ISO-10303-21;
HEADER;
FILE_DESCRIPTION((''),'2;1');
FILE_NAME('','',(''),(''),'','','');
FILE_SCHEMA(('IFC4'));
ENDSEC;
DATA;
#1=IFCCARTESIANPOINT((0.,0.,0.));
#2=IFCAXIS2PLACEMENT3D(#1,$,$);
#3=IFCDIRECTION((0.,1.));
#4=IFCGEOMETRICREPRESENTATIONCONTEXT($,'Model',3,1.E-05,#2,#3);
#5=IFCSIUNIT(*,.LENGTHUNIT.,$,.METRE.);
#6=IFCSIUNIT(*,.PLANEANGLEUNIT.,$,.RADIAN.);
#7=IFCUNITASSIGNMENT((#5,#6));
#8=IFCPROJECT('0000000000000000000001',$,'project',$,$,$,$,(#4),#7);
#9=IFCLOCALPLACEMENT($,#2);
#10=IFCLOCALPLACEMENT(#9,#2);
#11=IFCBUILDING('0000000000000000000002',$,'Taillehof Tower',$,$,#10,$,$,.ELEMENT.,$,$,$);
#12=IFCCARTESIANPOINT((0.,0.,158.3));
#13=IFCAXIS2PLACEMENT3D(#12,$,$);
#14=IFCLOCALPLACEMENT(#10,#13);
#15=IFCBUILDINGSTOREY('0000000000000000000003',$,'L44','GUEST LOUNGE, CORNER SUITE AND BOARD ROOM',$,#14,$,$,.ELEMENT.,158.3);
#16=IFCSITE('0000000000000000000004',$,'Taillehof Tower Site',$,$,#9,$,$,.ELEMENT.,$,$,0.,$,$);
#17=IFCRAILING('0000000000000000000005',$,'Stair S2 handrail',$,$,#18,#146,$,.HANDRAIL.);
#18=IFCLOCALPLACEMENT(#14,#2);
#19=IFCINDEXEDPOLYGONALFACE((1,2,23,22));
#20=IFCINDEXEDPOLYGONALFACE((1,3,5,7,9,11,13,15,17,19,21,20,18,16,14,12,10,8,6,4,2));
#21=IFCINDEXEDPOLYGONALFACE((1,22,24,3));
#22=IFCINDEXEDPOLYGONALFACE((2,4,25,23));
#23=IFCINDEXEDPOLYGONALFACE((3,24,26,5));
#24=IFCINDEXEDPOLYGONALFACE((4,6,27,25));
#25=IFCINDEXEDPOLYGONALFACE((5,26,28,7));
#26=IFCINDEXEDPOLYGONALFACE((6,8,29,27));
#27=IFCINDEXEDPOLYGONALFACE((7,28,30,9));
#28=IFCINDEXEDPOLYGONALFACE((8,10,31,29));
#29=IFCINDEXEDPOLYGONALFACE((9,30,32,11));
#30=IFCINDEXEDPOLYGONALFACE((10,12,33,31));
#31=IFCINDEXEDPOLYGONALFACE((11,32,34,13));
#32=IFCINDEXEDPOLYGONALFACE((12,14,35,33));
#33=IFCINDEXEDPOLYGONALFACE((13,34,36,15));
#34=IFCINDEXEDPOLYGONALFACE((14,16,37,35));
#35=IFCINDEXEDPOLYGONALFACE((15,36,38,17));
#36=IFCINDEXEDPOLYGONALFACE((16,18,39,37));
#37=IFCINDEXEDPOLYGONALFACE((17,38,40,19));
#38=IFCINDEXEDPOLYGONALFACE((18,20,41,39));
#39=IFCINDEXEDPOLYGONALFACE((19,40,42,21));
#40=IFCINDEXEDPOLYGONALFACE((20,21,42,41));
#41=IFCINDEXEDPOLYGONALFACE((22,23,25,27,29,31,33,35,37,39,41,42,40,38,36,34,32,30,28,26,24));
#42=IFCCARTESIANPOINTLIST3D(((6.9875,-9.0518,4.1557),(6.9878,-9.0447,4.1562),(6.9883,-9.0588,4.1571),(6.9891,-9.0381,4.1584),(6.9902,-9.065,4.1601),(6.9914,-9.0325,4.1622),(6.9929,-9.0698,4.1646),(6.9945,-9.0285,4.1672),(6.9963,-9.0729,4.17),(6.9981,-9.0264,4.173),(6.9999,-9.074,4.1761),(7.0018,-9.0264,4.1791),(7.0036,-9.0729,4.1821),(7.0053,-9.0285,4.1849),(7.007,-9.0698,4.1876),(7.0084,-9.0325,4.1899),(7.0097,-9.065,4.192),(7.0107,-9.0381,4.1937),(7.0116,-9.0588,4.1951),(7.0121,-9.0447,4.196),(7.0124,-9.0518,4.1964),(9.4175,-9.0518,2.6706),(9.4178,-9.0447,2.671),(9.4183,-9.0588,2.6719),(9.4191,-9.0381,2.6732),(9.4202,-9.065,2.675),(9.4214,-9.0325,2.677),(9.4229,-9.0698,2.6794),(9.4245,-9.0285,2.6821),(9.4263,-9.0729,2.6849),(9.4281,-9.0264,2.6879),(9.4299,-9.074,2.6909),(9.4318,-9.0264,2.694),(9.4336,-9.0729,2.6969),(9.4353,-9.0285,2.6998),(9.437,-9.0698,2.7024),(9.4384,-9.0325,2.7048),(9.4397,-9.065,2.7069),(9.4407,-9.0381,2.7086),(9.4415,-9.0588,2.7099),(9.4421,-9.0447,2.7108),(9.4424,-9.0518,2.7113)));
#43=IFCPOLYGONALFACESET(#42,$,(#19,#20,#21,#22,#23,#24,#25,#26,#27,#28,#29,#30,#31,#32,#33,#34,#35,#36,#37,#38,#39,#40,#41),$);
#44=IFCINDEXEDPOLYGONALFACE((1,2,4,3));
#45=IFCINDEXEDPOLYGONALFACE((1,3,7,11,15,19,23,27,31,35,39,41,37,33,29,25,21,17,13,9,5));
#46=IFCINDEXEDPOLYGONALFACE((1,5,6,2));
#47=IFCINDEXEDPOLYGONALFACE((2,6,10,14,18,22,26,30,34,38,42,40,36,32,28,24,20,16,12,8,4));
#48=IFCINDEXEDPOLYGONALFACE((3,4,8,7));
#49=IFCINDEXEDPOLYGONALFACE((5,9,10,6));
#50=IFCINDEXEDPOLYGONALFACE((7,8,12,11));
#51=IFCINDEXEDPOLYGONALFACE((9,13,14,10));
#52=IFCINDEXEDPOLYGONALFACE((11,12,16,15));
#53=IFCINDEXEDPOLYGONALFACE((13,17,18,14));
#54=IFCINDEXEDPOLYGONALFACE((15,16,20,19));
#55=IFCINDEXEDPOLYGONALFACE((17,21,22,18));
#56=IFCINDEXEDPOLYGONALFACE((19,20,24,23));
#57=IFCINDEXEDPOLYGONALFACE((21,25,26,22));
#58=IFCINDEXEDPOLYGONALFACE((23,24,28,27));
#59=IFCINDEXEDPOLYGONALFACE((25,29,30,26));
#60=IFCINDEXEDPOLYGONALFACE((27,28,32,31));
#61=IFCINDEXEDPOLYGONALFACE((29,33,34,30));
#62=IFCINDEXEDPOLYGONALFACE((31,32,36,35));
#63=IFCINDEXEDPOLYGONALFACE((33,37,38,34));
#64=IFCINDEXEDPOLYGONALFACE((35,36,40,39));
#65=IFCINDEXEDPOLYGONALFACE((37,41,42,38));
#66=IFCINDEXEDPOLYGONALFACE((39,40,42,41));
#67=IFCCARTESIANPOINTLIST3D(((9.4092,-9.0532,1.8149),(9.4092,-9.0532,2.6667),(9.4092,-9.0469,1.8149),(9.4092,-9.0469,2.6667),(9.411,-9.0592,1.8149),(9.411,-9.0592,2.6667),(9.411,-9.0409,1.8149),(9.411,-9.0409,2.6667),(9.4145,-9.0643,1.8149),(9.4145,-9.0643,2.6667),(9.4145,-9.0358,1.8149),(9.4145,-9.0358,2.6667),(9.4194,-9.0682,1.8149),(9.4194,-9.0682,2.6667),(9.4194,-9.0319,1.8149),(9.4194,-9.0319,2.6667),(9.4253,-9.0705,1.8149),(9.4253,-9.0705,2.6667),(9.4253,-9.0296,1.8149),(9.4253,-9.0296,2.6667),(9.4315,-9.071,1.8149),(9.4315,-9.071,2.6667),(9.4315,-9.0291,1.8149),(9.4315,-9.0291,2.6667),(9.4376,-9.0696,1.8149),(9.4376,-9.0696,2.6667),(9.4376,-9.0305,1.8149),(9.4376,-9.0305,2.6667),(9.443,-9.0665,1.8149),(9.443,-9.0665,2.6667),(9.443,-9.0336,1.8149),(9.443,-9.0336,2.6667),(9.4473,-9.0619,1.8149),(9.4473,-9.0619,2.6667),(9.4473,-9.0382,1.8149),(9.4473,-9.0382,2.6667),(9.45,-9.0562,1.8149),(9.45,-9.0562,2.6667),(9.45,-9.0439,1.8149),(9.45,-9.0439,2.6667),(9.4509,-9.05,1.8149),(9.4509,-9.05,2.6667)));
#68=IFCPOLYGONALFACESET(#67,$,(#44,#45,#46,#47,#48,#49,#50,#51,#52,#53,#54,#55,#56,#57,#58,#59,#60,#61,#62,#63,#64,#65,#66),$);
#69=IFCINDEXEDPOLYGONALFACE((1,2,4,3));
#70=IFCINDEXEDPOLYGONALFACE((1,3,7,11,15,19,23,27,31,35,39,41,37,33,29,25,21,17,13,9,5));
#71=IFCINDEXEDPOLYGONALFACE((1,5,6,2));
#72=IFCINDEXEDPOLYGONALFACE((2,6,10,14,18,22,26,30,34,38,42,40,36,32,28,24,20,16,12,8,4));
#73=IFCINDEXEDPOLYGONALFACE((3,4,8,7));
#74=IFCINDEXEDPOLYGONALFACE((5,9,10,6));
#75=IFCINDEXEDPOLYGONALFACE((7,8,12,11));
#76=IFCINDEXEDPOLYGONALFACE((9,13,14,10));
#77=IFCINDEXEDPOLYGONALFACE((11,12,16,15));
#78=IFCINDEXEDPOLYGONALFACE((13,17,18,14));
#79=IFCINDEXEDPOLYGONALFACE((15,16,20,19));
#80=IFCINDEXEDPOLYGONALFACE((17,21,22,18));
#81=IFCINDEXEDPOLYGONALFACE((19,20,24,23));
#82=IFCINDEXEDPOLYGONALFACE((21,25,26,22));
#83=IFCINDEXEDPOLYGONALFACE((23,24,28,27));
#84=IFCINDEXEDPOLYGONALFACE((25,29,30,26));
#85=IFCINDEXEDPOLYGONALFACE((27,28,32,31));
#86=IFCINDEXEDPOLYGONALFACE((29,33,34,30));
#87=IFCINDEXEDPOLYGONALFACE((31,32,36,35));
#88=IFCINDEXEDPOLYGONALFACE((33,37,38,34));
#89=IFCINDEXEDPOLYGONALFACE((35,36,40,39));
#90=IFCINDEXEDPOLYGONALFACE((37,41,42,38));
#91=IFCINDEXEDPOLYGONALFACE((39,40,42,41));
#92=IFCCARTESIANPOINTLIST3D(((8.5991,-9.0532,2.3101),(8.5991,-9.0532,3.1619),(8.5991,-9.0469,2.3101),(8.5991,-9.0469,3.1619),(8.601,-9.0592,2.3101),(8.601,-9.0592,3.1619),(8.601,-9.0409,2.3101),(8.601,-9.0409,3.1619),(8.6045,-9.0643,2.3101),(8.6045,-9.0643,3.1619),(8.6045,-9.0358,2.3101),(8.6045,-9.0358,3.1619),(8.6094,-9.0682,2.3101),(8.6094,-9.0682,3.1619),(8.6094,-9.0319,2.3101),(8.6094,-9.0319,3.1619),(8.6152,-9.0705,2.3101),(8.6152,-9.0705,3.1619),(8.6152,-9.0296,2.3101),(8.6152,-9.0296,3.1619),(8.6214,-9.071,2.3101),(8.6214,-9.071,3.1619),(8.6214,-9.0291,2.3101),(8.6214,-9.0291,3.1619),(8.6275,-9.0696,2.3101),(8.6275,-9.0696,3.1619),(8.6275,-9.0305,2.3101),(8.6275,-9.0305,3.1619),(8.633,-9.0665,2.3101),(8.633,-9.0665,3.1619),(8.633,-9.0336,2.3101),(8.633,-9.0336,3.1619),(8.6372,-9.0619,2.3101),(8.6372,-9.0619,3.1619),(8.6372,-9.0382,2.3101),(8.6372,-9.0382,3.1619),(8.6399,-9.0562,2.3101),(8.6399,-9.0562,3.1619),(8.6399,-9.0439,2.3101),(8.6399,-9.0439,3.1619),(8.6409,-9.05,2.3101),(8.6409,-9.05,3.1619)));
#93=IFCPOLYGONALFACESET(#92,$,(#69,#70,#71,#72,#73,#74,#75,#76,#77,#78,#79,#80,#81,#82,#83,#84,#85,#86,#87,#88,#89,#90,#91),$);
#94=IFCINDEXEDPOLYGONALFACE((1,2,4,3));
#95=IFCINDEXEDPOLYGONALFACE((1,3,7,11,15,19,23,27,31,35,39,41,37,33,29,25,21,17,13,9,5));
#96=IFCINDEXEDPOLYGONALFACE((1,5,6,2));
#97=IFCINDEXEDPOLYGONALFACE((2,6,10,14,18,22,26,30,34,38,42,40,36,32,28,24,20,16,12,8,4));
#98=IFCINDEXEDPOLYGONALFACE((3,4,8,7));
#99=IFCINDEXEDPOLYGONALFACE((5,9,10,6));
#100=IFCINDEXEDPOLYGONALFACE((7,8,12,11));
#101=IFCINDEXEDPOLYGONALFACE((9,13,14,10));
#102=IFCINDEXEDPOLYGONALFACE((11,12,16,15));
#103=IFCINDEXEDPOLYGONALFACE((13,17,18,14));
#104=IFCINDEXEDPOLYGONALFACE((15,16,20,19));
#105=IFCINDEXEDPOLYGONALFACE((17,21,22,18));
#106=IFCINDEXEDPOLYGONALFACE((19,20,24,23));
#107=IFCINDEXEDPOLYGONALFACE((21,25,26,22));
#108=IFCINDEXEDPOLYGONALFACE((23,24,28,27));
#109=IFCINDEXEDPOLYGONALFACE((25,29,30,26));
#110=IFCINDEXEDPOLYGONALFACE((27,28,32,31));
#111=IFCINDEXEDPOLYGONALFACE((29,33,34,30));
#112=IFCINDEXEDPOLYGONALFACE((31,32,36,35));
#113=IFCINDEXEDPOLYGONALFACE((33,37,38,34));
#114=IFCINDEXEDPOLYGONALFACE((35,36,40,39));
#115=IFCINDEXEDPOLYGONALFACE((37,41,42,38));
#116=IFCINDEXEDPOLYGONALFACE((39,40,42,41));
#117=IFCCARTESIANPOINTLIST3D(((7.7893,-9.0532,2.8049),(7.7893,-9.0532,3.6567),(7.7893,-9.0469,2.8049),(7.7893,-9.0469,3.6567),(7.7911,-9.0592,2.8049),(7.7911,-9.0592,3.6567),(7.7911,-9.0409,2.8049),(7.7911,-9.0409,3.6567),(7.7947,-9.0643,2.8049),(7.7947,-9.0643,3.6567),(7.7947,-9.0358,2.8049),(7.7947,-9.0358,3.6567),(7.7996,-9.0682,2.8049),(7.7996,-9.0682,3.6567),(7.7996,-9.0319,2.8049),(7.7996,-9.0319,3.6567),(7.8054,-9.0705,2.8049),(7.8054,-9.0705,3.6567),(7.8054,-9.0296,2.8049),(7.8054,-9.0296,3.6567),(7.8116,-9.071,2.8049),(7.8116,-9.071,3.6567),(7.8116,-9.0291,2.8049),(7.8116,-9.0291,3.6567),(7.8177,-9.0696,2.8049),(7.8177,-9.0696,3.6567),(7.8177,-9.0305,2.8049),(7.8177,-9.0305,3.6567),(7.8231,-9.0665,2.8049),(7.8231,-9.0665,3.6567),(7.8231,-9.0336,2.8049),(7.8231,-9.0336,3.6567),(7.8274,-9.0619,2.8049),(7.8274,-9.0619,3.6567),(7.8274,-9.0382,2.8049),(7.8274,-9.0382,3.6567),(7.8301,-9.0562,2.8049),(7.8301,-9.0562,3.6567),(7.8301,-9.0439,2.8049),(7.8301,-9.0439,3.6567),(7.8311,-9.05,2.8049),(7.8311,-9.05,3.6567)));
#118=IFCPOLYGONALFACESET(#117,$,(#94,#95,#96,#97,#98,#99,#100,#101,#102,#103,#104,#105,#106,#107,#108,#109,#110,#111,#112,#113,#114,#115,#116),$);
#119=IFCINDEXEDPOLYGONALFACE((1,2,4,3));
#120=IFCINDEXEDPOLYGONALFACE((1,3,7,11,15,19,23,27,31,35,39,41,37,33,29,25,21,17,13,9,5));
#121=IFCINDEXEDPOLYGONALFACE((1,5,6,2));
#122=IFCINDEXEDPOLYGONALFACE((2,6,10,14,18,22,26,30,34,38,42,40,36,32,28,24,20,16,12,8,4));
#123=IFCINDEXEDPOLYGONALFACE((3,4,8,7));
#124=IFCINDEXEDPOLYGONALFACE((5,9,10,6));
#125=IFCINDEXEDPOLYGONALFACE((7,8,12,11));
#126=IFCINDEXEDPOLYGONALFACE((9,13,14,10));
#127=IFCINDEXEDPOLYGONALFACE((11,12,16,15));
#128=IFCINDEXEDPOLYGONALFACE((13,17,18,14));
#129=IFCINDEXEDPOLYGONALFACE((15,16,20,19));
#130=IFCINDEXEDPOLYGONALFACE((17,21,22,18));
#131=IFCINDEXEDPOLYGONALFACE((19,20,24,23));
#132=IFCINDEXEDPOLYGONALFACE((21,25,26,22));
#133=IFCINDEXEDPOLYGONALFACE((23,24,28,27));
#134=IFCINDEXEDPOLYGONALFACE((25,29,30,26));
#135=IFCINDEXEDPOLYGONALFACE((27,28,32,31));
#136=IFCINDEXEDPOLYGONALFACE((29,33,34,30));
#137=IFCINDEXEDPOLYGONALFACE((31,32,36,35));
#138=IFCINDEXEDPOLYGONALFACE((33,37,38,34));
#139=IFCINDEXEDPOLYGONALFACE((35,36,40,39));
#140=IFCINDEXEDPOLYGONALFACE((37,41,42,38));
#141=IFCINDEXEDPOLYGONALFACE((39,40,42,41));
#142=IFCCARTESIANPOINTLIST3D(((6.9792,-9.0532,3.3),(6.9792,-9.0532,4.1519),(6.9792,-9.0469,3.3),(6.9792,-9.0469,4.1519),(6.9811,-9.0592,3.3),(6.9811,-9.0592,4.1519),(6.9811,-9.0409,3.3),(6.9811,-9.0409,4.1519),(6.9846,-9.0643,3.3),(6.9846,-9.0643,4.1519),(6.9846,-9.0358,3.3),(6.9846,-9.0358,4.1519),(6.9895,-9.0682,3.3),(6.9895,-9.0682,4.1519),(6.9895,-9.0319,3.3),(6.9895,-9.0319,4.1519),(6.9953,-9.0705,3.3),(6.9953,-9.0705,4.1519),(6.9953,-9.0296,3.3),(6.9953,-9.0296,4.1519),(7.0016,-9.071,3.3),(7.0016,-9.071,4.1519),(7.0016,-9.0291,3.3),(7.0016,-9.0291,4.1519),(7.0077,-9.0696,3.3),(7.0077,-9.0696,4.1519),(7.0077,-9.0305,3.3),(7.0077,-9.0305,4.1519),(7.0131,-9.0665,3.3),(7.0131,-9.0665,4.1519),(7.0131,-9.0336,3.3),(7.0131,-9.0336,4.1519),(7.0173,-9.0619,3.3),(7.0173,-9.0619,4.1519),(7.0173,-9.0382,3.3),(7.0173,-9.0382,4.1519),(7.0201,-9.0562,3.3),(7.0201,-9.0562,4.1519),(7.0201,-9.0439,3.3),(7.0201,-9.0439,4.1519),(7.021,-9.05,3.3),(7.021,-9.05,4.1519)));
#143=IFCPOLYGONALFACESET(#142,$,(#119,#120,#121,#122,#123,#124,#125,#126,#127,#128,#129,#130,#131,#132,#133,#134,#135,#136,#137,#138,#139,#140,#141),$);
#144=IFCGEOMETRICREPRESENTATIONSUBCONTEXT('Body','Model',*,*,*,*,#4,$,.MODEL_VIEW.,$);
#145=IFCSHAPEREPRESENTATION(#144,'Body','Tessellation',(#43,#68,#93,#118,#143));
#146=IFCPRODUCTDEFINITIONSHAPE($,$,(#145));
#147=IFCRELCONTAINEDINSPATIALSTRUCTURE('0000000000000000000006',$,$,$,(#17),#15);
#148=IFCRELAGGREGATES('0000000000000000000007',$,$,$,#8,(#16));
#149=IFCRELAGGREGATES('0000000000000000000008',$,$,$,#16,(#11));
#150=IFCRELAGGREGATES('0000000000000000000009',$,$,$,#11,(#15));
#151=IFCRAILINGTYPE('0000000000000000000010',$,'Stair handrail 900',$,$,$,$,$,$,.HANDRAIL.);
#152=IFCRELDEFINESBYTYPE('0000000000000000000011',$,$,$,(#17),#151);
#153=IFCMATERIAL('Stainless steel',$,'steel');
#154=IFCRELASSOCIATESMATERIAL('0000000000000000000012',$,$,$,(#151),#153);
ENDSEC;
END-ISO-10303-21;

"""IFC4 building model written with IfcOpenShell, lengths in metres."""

from ifc_helpers import new_model, si_unit, direction, frame, origin, origin_2d, place, context, subcontext, project, spatial, circle, extrude, material, type_object, element, save


model = new_model("IFC4")

# Units and contexts
model_context = context("Model", 3, precision=1e-05, world=origin(), true_north=direction((0.0, 1.0)))
body_context = subcontext(model_context, "Body", "Model", "MODEL_VIEW")
ifc_project = project(units=[si_unit("LENGTHUNIT", "METRE"), si_unit("PLANEANGLEUNIT", "RADIAN")], contexts=[model_context])

# Site, building, storey
site_placement = place(None, origin())
site = spatial("IfcSite", under=ifc_project, at=site_placement, Name="Taillehof Tower Site", CompositionType="ELEMENT", RefElevation=0.0)
building_placement = place(site_placement, origin())
building = spatial("IfcBuilding", under=site, at=building_placement, Name="Taillehof Tower", CompositionType="ELEMENT")
storey_placement = place(building_placement, frame((0.0, 0.0, 158.3)))
storey = spatial("IfcBuildingStorey", under=building, at=storey_placement, Name="L44", Description="GUEST LOUNGE, CORNER SUITE AND BOARD ROOM", CompositionType="ELEMENT", Elevation=158.3)

# Railing
ifc_material_1 = material(Name="Stainless steel", Category="steel")
railing_type = type_object("IfcRailingType", Name="Stair handrail 900", PredefinedType="HANDRAIL", material=ifc_material_1)
railing_placement = place(storey_placement, frame((9.4299, -9.05, 1.8149)))
element("IfcRailing", 1, at=railing_placement, inside=storey, type_object=railing_type, Name="Stair S2 handrail", PredefinedType="HANDRAIL", context=body_context, shape_type="SweptSolid", body=[
    extrude(circle(Radius=0.0239, at=origin_2d()), frame((0.0, 0.0, 0.876), z_axis=(-0.853259, 0.0, 0.521488), x_axis=(0.0, -1.0, 0.0)), (0.0, 0.0, 1.0), 2.8479),
    extrude(circle(Radius=0.021, at=origin_2d()), origin(), (0.0, 0.0, 1.0), 0.8518),
    extrude(circle(Radius=0.021, at=origin_2d()), frame((-0.8101, 0.0, 0.4951)), (0.0, 0.0, 1.0), 0.8518),
    extrude(circle(Radius=0.021, at=origin_2d()), frame((-1.6199, 0.0, 0.99)), (0.0, 0.0, 1.0), 0.8518),
    extrude(circle(Radius=0.021, at=origin_2d()), frame((-2.4299, 0.0, 1.4851)), (0.0, 0.0, 1.0), 0.8518),
])

save(model, "model.ifc")
